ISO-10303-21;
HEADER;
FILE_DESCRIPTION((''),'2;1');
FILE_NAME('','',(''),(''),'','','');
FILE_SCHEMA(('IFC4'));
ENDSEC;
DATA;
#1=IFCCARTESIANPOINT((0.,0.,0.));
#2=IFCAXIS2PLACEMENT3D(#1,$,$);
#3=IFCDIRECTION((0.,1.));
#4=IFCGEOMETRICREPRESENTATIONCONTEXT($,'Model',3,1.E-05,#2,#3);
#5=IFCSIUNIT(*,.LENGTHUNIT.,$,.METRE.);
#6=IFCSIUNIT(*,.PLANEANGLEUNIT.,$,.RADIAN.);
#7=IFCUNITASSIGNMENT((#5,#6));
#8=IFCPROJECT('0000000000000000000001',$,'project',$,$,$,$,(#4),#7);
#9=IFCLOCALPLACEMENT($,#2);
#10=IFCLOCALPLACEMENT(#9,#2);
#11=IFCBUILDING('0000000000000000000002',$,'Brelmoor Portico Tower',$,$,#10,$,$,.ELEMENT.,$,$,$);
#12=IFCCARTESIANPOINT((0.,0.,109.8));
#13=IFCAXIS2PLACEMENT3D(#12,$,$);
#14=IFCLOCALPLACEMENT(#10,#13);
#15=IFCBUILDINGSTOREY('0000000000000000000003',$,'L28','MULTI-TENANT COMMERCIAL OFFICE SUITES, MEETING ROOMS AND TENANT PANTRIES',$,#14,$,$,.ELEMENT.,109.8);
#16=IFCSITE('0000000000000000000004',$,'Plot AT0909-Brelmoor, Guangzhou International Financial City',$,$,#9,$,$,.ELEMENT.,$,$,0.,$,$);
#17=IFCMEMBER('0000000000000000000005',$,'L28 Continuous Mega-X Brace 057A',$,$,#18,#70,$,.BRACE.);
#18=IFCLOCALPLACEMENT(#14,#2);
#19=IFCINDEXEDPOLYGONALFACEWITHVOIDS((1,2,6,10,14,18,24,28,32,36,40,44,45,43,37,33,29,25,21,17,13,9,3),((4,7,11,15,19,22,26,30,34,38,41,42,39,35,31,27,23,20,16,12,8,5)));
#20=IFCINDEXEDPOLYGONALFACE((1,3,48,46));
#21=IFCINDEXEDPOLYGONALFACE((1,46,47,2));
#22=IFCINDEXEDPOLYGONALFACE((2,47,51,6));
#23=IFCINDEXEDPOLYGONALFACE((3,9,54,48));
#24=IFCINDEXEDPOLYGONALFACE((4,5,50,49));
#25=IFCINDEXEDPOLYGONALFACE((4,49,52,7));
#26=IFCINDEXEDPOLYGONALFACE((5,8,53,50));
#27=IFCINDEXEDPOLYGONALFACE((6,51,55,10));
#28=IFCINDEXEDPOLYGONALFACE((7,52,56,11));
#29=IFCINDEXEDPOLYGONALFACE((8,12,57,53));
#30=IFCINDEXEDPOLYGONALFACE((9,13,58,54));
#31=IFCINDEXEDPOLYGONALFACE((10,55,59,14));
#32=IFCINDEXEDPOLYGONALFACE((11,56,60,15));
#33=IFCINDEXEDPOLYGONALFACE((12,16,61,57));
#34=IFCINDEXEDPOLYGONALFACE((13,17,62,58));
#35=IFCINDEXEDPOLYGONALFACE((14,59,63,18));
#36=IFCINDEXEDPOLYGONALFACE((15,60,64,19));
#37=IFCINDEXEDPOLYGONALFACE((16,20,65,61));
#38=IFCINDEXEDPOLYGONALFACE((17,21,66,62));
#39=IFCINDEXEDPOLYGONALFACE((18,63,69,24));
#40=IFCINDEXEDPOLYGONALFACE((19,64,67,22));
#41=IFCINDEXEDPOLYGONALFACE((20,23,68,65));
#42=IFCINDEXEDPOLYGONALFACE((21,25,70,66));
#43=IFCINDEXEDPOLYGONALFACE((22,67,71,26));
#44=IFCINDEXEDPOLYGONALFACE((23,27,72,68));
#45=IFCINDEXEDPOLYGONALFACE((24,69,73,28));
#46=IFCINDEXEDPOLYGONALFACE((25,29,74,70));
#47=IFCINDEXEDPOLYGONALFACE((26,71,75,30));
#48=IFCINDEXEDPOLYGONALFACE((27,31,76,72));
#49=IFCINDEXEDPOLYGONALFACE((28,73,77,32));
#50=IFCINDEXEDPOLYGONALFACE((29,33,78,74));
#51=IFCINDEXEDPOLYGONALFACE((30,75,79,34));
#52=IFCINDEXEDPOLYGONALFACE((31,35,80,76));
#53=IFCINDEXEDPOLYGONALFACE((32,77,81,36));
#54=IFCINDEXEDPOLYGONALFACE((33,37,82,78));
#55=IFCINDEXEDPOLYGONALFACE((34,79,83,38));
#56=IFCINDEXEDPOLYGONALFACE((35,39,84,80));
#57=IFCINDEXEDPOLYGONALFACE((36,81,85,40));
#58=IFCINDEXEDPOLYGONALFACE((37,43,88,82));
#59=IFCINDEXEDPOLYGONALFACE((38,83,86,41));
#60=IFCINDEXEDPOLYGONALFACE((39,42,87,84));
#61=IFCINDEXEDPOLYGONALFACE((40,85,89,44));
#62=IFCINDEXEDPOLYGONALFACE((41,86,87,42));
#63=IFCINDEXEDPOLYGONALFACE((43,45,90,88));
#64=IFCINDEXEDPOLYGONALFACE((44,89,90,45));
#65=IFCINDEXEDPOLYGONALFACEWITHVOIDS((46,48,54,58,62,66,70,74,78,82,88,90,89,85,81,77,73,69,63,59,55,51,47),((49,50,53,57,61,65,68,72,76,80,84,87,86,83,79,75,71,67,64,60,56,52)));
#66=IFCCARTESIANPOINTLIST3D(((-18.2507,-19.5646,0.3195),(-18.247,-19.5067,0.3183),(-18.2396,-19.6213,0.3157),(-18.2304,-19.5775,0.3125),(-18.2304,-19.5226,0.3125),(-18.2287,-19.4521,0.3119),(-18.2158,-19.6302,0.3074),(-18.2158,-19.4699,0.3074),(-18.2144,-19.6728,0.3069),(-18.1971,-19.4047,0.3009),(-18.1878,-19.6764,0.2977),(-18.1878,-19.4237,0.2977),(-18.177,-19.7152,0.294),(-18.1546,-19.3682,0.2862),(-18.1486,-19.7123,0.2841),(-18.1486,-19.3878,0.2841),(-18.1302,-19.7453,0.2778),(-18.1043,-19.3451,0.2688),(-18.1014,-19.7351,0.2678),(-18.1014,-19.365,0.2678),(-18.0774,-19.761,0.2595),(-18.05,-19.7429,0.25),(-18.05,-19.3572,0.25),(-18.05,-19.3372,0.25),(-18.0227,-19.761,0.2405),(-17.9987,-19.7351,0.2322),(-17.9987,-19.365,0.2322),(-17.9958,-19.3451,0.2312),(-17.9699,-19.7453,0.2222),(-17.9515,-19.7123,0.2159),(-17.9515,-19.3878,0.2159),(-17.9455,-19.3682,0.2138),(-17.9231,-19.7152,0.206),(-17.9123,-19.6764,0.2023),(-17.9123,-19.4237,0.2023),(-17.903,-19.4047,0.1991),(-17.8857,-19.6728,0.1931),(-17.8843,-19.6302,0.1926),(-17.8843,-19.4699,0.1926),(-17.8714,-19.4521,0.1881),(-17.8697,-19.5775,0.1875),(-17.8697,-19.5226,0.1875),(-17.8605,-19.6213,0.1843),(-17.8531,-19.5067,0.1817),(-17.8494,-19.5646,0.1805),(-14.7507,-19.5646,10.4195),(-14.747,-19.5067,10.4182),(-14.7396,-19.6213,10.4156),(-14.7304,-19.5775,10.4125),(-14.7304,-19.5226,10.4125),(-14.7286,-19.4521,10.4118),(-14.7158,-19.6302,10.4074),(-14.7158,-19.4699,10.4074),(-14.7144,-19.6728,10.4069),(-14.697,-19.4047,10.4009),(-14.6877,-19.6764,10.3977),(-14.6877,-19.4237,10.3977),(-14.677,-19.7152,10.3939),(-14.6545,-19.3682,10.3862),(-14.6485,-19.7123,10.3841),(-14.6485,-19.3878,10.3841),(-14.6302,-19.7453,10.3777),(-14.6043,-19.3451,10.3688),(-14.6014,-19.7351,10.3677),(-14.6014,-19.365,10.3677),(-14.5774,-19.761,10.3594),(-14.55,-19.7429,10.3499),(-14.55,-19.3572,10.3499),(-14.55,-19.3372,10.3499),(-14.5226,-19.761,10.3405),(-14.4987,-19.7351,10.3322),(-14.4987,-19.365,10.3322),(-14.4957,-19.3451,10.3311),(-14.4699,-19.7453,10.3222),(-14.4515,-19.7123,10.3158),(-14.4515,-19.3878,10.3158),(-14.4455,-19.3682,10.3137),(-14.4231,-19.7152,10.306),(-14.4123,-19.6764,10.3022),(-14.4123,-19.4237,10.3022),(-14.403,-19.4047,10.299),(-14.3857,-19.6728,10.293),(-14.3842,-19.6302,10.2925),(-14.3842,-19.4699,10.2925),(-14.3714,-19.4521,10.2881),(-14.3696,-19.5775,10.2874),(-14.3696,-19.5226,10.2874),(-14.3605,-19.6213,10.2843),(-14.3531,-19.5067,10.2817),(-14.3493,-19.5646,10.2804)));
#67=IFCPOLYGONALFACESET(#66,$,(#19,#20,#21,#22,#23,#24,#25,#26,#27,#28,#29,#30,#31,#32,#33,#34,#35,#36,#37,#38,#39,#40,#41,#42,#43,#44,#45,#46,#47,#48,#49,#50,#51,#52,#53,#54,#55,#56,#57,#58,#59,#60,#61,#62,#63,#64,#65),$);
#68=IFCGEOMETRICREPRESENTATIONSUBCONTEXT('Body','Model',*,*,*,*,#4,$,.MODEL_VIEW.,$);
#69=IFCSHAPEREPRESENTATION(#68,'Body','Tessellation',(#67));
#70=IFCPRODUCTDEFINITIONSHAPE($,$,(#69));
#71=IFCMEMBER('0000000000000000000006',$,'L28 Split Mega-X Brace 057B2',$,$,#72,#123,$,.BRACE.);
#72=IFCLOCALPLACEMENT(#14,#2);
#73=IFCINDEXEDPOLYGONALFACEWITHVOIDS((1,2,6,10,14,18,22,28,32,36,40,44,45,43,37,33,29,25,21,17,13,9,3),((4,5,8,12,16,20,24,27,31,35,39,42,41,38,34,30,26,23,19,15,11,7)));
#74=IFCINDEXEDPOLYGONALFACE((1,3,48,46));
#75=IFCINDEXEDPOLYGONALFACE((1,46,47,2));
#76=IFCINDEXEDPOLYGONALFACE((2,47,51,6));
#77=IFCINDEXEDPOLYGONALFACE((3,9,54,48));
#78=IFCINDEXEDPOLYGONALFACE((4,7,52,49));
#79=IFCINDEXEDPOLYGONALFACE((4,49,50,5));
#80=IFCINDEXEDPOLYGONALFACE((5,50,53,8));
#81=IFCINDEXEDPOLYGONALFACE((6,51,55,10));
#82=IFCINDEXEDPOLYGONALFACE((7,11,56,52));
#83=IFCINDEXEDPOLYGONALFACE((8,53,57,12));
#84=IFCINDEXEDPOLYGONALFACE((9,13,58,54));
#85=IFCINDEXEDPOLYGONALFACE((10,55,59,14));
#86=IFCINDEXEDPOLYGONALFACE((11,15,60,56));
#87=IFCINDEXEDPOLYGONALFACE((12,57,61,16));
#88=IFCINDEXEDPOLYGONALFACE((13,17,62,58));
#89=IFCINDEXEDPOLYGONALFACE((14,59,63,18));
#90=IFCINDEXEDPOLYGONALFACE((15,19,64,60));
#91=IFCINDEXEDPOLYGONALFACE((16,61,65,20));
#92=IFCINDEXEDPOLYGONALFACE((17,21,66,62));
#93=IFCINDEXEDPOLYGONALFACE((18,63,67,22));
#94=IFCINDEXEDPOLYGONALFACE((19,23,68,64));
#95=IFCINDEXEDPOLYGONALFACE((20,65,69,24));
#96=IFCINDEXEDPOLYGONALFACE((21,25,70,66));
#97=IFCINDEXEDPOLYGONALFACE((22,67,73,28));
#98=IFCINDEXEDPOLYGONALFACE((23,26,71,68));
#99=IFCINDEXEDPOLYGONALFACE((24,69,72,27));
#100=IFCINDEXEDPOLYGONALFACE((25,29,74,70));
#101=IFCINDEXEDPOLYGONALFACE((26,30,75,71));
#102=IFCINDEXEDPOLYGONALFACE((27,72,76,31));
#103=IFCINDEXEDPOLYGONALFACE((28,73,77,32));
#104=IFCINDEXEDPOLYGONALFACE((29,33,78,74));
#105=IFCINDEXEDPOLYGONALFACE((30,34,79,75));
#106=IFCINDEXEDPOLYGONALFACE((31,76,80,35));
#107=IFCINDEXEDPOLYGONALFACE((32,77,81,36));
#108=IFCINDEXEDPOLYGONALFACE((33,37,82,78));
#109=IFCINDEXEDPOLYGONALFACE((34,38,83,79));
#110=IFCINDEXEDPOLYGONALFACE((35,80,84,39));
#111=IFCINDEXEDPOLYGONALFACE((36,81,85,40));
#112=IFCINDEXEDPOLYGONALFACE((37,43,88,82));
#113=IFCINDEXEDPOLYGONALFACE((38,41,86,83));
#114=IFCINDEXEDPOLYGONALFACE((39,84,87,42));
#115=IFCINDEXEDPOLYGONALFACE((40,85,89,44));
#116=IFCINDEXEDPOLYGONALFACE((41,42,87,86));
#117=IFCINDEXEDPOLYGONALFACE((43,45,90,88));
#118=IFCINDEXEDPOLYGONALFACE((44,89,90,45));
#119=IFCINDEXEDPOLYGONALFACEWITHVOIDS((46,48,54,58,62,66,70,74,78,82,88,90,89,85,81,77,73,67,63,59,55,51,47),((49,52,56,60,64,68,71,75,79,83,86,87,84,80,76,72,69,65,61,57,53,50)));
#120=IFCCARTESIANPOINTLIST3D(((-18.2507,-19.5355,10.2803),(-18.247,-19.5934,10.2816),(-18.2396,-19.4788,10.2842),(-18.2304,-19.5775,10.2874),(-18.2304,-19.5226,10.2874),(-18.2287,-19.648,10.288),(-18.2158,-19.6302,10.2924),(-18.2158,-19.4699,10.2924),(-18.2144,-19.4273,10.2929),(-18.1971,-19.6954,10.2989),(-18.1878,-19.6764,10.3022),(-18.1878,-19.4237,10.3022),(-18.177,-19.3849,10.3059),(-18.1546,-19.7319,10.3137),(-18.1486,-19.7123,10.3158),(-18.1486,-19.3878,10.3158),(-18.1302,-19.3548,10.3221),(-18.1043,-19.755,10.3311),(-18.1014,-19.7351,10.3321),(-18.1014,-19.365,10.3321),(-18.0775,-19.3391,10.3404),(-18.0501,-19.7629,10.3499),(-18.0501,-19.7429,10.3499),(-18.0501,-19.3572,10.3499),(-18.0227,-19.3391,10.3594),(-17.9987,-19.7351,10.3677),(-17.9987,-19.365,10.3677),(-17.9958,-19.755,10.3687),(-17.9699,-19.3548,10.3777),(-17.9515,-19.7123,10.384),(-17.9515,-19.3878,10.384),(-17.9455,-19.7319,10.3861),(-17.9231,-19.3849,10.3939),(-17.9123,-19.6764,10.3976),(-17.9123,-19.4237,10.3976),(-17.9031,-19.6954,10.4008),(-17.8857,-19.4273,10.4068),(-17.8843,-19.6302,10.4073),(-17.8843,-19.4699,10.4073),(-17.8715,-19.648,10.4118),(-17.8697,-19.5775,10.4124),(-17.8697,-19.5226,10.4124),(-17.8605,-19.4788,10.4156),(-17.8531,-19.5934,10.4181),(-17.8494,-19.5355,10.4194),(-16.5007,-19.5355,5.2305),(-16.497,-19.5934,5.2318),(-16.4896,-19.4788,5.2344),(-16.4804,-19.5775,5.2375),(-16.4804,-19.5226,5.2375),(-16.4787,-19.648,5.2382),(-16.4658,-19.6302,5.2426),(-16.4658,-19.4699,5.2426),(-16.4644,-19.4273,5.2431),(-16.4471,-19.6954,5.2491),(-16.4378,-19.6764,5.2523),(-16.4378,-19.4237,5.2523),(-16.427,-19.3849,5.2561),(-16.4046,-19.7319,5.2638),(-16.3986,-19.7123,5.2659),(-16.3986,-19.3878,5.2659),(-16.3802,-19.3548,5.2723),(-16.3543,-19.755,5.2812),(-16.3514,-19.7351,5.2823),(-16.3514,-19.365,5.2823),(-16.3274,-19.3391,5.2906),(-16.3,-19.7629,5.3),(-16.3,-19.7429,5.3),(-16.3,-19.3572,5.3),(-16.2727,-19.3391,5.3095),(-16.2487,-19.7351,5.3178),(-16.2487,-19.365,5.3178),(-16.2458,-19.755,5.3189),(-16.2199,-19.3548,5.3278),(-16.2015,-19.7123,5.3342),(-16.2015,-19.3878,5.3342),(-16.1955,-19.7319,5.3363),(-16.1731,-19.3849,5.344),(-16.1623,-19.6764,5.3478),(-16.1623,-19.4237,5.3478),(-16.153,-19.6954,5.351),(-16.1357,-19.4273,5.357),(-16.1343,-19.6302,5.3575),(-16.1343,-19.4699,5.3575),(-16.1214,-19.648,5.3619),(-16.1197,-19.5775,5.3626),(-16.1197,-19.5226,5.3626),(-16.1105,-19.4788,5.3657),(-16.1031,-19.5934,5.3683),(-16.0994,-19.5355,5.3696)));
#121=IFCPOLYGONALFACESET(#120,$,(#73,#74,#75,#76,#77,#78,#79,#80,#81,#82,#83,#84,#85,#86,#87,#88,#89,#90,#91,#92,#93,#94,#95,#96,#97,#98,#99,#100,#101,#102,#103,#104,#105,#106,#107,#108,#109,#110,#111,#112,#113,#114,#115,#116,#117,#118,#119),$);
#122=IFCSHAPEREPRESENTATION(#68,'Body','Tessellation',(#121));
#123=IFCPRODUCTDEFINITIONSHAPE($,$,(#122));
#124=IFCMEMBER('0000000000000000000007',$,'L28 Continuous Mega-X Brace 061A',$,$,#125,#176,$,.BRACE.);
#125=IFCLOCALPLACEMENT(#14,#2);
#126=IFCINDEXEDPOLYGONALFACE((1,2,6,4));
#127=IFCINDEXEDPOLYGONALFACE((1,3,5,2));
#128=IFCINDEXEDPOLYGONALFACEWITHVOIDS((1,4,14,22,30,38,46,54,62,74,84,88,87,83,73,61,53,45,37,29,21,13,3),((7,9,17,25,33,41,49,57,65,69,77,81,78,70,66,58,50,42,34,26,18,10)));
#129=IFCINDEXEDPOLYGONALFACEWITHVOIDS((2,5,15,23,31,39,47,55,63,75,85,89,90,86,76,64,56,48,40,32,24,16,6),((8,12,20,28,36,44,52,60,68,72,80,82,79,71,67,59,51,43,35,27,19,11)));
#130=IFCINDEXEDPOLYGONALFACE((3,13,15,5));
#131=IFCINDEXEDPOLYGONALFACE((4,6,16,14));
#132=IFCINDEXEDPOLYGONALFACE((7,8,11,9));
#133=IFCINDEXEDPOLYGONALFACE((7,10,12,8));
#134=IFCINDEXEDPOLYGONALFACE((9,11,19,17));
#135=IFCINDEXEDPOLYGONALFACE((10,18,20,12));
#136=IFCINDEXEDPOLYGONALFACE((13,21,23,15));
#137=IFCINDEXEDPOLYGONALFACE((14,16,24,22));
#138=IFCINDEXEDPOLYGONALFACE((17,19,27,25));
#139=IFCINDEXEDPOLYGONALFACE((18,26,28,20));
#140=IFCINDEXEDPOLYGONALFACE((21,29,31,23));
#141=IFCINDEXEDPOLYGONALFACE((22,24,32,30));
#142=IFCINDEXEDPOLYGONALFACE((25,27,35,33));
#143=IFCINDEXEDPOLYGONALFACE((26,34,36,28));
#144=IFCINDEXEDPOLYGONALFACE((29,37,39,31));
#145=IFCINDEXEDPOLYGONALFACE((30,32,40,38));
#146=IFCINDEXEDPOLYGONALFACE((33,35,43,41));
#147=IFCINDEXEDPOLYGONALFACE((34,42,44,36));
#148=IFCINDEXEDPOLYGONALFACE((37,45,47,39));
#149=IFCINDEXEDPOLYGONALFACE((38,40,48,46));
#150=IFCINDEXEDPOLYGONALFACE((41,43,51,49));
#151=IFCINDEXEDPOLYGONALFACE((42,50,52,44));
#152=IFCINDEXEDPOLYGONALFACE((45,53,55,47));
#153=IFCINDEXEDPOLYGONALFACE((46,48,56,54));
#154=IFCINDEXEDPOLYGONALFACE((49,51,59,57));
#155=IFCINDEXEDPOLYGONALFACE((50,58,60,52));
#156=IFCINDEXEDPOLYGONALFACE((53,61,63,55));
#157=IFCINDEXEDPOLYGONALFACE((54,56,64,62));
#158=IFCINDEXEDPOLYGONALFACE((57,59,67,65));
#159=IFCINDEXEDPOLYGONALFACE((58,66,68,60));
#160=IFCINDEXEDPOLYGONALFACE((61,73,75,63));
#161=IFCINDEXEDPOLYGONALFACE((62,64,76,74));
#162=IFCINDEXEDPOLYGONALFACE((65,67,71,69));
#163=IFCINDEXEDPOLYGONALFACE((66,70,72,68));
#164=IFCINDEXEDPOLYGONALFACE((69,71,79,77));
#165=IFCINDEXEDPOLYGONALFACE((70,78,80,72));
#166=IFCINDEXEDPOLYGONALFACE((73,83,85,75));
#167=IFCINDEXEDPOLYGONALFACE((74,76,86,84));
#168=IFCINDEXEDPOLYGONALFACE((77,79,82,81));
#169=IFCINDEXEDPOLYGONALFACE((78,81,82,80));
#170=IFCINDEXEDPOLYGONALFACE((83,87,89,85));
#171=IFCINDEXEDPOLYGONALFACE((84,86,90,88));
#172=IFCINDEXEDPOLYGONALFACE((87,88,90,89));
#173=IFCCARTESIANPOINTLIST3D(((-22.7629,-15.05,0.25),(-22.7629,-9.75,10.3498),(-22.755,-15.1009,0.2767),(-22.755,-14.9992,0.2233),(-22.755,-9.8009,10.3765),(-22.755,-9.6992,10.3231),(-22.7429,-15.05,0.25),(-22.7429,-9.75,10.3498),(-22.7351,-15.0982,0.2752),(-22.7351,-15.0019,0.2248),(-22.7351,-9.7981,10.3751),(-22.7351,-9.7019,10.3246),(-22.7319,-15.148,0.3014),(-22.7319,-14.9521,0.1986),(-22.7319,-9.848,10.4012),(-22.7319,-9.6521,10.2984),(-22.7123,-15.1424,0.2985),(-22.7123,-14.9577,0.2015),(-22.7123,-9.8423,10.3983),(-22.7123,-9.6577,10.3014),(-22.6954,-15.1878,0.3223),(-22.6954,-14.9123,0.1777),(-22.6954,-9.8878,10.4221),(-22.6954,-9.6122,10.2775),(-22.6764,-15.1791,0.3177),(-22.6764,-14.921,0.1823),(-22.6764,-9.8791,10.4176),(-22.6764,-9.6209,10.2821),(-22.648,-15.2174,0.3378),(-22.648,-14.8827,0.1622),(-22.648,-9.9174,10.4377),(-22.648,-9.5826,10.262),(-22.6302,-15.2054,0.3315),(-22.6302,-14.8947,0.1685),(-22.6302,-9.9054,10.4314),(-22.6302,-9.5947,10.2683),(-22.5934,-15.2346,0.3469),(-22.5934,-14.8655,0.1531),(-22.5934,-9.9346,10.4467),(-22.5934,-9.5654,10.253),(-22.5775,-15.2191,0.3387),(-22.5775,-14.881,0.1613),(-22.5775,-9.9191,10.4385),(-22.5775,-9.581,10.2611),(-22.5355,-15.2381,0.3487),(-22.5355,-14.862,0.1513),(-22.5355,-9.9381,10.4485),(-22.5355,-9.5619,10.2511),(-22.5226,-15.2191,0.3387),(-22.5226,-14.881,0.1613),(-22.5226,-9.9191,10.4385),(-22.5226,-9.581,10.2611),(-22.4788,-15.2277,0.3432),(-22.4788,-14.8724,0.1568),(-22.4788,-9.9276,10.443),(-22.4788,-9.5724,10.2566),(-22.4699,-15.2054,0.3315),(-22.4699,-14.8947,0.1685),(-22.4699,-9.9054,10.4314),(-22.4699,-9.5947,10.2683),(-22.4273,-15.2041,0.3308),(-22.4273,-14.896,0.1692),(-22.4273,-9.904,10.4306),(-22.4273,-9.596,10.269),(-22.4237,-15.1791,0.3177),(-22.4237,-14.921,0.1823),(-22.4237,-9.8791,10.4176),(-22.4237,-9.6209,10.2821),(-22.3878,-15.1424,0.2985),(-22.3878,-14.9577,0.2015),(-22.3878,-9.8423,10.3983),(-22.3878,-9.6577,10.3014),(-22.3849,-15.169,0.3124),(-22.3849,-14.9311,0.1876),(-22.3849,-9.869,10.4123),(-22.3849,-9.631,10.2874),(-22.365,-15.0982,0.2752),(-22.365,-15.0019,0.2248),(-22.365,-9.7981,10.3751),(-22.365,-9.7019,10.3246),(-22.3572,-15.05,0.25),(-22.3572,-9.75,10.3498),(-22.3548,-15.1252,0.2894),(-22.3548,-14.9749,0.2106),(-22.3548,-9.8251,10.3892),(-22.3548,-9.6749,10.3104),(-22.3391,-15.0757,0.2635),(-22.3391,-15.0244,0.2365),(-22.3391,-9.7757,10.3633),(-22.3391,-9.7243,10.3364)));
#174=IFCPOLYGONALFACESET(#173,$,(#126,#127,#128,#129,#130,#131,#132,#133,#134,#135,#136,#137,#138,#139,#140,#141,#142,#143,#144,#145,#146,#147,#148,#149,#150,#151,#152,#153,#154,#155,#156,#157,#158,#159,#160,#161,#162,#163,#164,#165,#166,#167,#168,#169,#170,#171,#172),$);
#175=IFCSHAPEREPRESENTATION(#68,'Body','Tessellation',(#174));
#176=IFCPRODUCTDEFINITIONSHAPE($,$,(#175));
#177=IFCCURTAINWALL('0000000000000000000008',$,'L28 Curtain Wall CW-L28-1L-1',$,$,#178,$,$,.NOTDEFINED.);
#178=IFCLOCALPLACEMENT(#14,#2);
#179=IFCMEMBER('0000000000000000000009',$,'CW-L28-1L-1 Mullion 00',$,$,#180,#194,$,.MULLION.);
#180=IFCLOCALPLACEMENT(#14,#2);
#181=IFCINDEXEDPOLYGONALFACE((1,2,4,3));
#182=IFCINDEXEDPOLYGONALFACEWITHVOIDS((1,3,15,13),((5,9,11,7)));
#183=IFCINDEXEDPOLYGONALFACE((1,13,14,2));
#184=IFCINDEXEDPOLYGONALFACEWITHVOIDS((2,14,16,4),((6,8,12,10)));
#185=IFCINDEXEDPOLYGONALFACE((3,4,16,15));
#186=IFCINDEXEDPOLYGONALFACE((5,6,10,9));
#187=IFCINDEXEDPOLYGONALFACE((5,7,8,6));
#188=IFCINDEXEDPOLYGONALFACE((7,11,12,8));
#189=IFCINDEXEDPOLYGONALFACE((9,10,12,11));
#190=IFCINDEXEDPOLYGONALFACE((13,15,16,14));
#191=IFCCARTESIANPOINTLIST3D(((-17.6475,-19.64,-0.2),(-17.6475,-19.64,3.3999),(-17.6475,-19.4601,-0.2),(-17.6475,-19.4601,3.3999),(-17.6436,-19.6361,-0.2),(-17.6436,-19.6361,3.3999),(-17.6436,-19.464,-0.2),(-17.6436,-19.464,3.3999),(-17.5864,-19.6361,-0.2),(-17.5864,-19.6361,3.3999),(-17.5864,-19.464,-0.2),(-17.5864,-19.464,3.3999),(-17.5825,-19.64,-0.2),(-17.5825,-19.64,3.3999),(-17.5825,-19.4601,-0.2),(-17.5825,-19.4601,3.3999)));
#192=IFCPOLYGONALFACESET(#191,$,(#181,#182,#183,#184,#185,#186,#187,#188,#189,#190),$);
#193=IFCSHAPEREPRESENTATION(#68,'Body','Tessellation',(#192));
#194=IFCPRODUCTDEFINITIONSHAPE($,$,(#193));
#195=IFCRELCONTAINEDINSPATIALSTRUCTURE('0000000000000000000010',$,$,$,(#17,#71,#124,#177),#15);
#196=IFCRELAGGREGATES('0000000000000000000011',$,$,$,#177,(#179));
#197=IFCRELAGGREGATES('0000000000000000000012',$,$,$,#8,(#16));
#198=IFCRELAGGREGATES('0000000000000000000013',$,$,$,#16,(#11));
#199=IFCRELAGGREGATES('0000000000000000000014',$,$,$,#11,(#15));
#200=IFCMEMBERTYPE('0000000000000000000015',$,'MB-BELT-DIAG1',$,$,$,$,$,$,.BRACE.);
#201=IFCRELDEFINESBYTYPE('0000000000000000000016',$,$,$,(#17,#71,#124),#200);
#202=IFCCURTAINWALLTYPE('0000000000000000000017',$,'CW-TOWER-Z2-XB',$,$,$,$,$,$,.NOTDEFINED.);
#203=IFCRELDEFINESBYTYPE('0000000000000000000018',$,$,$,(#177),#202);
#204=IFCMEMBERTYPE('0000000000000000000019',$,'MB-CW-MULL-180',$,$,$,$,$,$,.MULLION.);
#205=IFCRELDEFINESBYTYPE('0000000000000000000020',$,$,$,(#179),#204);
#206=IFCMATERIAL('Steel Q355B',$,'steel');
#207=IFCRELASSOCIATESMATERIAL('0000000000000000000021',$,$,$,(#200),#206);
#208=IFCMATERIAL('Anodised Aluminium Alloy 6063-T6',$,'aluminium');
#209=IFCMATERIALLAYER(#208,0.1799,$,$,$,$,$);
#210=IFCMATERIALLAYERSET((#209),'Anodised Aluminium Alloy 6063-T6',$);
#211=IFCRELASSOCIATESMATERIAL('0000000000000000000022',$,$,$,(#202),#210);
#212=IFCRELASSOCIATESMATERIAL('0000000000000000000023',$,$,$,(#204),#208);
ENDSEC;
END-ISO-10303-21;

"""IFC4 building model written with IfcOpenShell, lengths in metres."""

from ifc_helpers import new_model, si_unit, direction, frame, origin, origin_2d, place, context, subcontext, project, spatial, hollow_rectangle, hollow_circle, extrude, material, layer, layer_set, material_profile, profile_set, type_object, element, aggregate, save


model = new_model("IFC4")

# Units and contexts
model_context = context("Model", 3, precision=1e-05, world=origin(), true_north=direction((0.0, 1.0)))
body_context = subcontext(model_context, "Body", "Model", "MODEL_VIEW")
ifc_project = project(units=[si_unit("LENGTHUNIT", "METRE"), si_unit("PLANEANGLEUNIT", "RADIAN")], contexts=[model_context])

# Site, building, storey
site_placement = place(None, origin())
site = spatial("IfcSite", under=ifc_project, at=site_placement, Name="Plot AT0909-Brelmoor, Guangzhou International Financial City", CompositionType="ELEMENT", RefElevation=0.0)
building_placement = place(site_placement, origin())
building = spatial("IfcBuilding", under=site, at=building_placement, Name="Brelmoor Portico Tower", CompositionType="ELEMENT")
storey_placement = place(building_placement, frame((0.0, 0.0, 109.8)))
storey = spatial("IfcBuildingStorey", under=building, at=storey_placement, Name="L28", Description="MULTI-TENANT COMMERCIAL OFFICE SUITES, MEETING ROOMS AND TENANT PANTRIES", CompositionType="ELEMENT", Elevation=109.8)

# Shared definitions
ifc_material_1 = material(Name="Steel Q355B", Category="steel")

# Members
ifc_material_profile_1 = material_profile(ifc_material_1, hollow_circle(Radius=0.2129, WallThickness=0.02, at=origin_2d()), Name="CHS 426x20")
ifc_profile_set_1 = profile_set([ifc_material_profile_1], Name="Steel Q355B")
member_type_1 = type_object("IfcMemberType", Name="MB-BELT-DIAG1", PredefinedType="BRACE", material=ifc_profile_set_1)
member_1_placement = place(storey_placement, frame((-18.05, -19.55, 0.25), z_axis=(0.327436, 0.0, 0.944873), x_axis=(0.0, 1.0, 0.0)))
element("IfcMember", 1, at=member_1_placement, inside=storey, type_object=member_type_1, Name="L28 Continuous Mega-X Brace 057A", PredefinedType="BRACE", context=body_context, shape_type="SweptSolid", body=[
    extrude(hollow_circle(Radius=0.2129, WallThickness=0.02, at=origin_2d()), origin(), (0.0, 0.0, 1.0), 10.6892),
])
member_2_placement = place(storey_placement, frame((-16.3, -19.55, 5.3), z_axis=(-0.327443, 0.0, 0.944871), x_axis=(0.0, -1.0, 0.0)))
element("IfcMember", 2, at=member_2_placement, inside=storey, type_object=member_type_1, Name="L28 Split Mega-X Brace 057B2", PredefinedType="BRACE", context=body_context, shape_type="SweptSolid", body=[
    extrude(hollow_circle(Radius=0.2129, WallThickness=0.02, at=origin_2d()), origin(), (0.0, 0.0, 1.0), 5.3445),
])
member_3_placement = place(storey_placement, frame((-22.55, -15.05, 0.25), z_axis=(0.0, 0.464671, 0.885484), x_axis=(-1.0, 0.0, 0.0)))
element("IfcMember", 3, at=member_3_placement, inside=storey, type_object=member_type_1, Name="L28 Continuous Mega-X Brace 061A", PredefinedType="BRACE", context=body_context, shape_type="SweptSolid", body=[
    extrude(hollow_circle(Radius=0.2129, WallThickness=0.02, at=origin_2d()), origin(), (0.0, 0.0, 1.0), 11.406),
])

# Curtain wall, member
ifc_material_2 = material(Name="Anodised Aluminium Alloy 6063-T6", Category="aluminium")
ifc_layer_1 = layer(ifc_material_2, 0.1799)
ifc_layer_set_1 = layer_set([ifc_layer_1], Name="Anodised Aluminium Alloy 6063-T6")
curtain_wall_type = type_object("IfcCurtainWallType", Name="CW-TOWER-Z2-XB", PredefinedType="NOTDEFINED", material=ifc_layer_set_1)
curtain_wall_1_placement = place(storey_placement, origin())
curtain_wall_1 = element("IfcCurtainWall", 4, at=curtain_wall_1_placement, inside=storey, type_object=curtain_wall_type, Name="L28 Curtain Wall CW-L28-1L-1", PredefinedType="NOTDEFINED")
ifc_material_profile_2 = material_profile(ifc_material_2, hollow_rectangle(XDim=0.0649, YDim=0.1799, WallThickness=0.0039, at=origin_2d()), Name="ALU MULLION 65x180")
ifc_profile_set_2 = profile_set([ifc_material_profile_2], Name="Anodised Aluminium Alloy 6063-T6")
member_type_2 = type_object("IfcMemberType", Name="MB-CW-MULL-180", PredefinedType="MULLION", material=ifc_profile_set_2)
member_4_placement = place(storey_placement, frame((-17.615, -19.55, -0.2), z_axis=(0.0, 0.0, 1.0), x_axis=(1.0, 0.0, 0.0)))
member_4 = element("IfcMember", 5, at=member_4_placement, type_object=member_type_2, Name="CW-L28-1L-1 Mullion 00", PredefinedType="MULLION", context=body_context, shape_type="SweptSolid", body=[
    extrude(hollow_rectangle(XDim=0.0649, YDim=0.1799, WallThickness=0.0039, at=origin_2d()), origin(), (0.0, 0.0, 1.0), 3.5999),
])

aggregate(curtain_wall_1, [member_4])

save(model, "model.ifc")
